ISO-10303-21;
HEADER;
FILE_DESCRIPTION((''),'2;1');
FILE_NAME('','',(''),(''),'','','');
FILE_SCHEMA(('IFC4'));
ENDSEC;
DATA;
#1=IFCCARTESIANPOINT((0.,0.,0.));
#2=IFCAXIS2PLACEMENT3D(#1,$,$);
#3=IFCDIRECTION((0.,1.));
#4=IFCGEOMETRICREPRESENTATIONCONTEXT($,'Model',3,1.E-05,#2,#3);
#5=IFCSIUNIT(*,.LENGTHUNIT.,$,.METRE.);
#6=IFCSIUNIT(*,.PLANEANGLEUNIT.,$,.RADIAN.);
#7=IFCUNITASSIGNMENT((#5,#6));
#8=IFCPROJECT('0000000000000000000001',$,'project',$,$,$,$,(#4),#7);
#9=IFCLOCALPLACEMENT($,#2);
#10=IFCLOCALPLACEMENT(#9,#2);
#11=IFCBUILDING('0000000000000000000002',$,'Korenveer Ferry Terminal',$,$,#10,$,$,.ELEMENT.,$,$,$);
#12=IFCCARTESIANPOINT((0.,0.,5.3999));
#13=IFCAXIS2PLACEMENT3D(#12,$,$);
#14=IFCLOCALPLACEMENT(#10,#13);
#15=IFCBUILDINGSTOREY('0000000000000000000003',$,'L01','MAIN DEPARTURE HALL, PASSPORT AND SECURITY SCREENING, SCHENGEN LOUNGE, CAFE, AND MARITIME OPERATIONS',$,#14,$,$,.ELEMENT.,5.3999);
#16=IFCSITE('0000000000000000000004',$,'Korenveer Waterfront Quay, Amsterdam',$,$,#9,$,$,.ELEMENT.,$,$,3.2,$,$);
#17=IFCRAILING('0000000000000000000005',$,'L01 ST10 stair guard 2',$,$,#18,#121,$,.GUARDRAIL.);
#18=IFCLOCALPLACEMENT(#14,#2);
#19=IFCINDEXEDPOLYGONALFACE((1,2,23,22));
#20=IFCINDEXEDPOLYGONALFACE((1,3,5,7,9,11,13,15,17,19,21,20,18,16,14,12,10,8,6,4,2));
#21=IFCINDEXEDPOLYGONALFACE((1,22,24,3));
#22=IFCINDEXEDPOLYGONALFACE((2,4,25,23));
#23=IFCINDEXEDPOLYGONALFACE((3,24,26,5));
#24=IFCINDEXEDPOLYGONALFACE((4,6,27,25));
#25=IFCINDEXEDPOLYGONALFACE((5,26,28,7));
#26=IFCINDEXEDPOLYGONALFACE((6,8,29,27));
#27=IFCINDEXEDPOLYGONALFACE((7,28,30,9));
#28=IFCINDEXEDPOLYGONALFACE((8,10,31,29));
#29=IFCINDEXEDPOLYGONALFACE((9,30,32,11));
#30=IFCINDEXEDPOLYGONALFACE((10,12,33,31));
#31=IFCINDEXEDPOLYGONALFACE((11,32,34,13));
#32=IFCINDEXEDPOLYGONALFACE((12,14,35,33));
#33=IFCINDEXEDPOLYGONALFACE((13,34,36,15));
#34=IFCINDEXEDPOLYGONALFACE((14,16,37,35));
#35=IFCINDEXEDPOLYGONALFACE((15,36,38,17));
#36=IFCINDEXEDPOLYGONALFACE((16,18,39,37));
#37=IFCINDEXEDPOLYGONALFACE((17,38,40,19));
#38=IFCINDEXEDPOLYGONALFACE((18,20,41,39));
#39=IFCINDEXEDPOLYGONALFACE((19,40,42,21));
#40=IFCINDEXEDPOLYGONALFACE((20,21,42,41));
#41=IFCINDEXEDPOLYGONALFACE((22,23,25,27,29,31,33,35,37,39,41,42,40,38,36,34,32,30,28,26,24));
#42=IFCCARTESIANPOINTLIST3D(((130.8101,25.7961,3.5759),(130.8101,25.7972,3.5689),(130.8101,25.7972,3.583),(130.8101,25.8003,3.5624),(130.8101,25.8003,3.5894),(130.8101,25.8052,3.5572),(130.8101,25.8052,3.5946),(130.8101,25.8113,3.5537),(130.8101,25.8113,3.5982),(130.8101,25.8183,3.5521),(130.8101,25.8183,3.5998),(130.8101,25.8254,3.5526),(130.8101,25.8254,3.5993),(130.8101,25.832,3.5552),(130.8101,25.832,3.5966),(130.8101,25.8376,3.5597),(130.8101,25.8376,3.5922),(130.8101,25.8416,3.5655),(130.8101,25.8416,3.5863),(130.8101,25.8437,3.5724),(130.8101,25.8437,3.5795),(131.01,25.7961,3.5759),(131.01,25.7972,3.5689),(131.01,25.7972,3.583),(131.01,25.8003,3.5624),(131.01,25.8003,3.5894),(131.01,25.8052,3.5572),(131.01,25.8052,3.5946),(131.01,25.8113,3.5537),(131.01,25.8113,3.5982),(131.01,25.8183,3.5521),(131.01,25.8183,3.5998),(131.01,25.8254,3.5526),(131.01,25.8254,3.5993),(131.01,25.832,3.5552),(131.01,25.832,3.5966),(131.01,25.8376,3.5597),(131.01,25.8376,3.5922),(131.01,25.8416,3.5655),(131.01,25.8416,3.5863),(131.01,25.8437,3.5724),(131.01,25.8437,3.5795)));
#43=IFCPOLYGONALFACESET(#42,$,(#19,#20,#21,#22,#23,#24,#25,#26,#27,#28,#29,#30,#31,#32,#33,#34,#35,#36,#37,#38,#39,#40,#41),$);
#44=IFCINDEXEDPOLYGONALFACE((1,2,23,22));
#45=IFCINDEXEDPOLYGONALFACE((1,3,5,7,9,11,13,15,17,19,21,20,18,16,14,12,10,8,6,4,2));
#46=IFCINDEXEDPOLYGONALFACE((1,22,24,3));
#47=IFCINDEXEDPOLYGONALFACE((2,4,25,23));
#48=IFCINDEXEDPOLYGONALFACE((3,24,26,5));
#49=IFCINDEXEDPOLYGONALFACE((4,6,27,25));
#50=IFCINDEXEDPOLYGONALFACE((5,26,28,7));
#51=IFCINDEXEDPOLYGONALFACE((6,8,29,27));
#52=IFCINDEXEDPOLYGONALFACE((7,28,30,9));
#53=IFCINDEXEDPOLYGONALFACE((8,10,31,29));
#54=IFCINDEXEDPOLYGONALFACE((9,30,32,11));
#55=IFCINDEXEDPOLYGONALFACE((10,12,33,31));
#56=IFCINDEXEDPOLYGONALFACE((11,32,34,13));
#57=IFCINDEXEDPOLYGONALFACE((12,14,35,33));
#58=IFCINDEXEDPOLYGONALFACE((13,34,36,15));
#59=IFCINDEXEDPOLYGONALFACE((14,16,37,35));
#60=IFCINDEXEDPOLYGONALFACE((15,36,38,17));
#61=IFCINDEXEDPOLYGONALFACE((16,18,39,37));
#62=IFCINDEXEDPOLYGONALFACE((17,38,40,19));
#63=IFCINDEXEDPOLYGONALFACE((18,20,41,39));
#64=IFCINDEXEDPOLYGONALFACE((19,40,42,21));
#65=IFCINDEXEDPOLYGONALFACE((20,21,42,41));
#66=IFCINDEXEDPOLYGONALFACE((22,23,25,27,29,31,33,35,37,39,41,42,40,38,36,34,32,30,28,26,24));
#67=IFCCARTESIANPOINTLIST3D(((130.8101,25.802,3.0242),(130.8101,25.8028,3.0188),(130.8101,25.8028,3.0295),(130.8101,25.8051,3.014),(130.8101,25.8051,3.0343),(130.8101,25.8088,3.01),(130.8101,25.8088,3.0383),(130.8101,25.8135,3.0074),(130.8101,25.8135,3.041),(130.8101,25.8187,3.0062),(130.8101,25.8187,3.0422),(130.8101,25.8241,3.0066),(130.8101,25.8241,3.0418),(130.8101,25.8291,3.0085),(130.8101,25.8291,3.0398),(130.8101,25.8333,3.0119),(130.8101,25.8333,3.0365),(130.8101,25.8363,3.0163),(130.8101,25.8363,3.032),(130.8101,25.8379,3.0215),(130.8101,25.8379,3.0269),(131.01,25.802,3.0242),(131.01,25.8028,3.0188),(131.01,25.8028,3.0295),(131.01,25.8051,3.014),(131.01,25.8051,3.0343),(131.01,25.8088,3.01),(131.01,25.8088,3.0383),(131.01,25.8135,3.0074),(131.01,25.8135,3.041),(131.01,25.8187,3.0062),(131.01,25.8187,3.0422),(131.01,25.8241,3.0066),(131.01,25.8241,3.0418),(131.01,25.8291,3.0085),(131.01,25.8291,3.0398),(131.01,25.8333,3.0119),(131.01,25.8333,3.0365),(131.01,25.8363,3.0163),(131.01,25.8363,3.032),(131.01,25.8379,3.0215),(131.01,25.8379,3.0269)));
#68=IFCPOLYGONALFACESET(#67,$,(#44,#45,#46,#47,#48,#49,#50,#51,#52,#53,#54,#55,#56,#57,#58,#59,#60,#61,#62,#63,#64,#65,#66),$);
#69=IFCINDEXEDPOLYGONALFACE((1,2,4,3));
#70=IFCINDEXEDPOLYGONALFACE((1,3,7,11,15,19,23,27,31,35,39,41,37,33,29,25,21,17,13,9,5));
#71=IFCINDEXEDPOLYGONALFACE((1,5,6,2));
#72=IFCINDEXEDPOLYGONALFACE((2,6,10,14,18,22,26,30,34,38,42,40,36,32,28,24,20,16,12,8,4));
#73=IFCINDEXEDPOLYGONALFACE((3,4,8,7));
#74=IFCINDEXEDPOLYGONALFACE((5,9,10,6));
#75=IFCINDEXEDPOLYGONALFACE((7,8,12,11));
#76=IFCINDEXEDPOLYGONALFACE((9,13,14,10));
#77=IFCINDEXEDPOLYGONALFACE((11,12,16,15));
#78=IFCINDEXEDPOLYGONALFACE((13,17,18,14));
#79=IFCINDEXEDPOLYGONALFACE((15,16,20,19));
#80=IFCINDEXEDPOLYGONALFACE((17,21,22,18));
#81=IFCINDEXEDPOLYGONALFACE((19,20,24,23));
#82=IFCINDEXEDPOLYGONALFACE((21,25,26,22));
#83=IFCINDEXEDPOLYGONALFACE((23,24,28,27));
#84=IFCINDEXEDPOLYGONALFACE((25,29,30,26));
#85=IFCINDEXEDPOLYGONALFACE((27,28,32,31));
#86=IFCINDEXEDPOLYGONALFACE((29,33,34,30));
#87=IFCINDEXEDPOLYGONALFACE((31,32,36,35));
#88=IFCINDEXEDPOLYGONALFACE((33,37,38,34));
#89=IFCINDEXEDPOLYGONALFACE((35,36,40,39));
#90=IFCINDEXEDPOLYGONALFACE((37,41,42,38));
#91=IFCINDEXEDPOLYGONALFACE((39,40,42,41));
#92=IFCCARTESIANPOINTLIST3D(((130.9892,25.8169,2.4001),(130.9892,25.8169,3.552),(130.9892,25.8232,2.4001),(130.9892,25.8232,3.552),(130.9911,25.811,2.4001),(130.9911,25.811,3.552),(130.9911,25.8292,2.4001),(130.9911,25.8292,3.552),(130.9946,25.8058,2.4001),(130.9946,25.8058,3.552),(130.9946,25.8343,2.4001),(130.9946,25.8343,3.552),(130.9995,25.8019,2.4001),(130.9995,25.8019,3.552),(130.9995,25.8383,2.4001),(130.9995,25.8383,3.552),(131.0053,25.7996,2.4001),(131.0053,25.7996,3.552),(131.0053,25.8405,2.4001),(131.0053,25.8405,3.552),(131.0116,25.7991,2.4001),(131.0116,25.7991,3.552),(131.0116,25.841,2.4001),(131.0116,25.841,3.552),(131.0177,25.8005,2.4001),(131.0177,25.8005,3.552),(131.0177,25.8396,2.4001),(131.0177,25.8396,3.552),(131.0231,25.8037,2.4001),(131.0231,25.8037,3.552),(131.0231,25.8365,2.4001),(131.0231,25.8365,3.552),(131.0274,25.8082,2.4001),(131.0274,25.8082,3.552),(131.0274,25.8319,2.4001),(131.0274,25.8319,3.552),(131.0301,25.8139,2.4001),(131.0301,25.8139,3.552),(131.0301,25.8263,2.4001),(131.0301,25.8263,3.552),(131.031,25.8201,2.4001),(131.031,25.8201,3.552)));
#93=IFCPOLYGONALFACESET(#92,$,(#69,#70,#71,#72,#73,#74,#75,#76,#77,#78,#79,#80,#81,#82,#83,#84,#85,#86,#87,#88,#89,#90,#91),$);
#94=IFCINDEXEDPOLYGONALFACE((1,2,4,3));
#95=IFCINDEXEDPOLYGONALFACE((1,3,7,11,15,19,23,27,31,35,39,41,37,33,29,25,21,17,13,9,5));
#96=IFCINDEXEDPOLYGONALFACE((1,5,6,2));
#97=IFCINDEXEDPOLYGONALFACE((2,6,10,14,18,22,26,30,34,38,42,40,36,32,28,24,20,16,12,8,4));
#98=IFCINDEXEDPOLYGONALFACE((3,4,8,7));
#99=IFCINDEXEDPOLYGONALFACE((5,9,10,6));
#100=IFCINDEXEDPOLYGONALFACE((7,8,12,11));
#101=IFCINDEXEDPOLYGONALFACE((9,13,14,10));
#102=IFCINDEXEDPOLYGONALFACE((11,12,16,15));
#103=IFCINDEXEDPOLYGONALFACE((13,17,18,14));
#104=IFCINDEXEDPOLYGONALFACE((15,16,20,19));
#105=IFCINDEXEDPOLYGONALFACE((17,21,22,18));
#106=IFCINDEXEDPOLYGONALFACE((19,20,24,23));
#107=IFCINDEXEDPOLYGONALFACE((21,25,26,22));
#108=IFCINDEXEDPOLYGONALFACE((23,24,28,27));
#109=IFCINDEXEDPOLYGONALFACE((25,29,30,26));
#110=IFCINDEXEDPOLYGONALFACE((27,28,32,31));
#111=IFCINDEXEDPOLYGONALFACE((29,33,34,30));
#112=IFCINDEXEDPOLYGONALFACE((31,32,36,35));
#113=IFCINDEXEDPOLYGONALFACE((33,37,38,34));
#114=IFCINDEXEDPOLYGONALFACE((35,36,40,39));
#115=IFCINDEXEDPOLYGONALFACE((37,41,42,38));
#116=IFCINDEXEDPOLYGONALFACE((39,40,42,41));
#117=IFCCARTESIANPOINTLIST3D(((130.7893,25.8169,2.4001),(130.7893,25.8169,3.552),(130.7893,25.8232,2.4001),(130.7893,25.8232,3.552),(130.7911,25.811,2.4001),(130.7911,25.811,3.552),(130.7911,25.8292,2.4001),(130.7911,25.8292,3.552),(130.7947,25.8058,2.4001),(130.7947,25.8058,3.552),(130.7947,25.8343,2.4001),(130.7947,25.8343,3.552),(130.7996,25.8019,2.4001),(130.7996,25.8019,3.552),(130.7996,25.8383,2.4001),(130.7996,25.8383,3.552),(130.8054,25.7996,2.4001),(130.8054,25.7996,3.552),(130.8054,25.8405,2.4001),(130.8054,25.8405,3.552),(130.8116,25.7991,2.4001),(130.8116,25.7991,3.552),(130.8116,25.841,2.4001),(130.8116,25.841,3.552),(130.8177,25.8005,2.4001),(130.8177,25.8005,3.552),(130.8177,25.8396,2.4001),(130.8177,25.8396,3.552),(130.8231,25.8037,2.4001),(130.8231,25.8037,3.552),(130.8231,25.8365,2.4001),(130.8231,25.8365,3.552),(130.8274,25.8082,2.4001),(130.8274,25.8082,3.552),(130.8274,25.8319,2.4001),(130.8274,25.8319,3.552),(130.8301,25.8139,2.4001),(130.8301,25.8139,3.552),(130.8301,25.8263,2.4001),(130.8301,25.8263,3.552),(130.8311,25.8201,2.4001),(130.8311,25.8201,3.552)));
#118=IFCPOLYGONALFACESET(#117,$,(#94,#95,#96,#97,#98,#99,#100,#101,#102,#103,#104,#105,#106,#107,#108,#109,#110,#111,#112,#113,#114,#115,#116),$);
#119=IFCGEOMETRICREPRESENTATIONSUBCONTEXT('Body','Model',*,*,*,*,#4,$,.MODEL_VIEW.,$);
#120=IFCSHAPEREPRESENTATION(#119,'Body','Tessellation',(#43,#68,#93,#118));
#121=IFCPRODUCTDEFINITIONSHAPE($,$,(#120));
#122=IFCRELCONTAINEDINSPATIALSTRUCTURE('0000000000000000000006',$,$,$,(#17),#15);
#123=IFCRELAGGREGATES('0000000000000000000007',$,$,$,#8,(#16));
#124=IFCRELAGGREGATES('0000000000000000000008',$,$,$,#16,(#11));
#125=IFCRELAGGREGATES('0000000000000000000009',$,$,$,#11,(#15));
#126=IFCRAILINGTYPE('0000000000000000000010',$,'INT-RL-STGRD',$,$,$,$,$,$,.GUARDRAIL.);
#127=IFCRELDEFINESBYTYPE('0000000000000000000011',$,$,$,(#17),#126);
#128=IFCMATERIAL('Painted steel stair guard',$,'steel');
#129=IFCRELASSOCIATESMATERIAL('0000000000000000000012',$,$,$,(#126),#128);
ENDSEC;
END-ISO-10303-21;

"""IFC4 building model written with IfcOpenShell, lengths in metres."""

from ifc_helpers import new_model, si_unit, direction, frame, origin, origin_2d, place, context, subcontext, project, spatial, circle, extrude, material, type_object, element, save


model = new_model("IFC4")

# Units and contexts
model_context = context("Model", 3, precision=1e-05, world=origin(), true_north=direction((0.0, 1.0)))
body_context = subcontext(model_context, "Body", "Model", "MODEL_VIEW")
ifc_project = project(units=[si_unit("LENGTHUNIT", "METRE"), si_unit("PLANEANGLEUNIT", "RADIAN")], contexts=[model_context])

# Site, building, storey
site_placement = place(None, origin())
site = spatial("IfcSite", under=ifc_project, at=site_placement, Name="Korenveer Waterfront Quay, Amsterdam", CompositionType="ELEMENT", RefElevation=3.2)
building_placement = place(site_placement, origin())
building = spatial("IfcBuilding", under=site, at=building_placement, Name="Korenveer Ferry Terminal", CompositionType="ELEMENT")
storey_placement = place(building_placement, frame((0.0, 0.0, 5.3999)))
storey = spatial("IfcBuildingStorey", under=building, at=storey_placement, Name="L01", Description="MAIN DEPARTURE HALL, PASSPORT AND SECURITY SCREENING, SCHENGEN LOUNGE, CAFE, AND MARITIME OPERATIONS", CompositionType="ELEMENT", Elevation=5.3999)

# Railing
ifc_material_1 = material(Name="Painted steel stair guard", Category="steel")
railing_type_1 = type_object("IfcRailingType", Name="INT-RL-STGRD", PredefinedType="GUARDRAIL", material=ifc_material_1)
railing_1_placement = place(storey_placement, frame((131.01, 25.8201, 2.4001)))
element("IfcRailing", 1, at=railing_1_placement, inside=storey, type_object=railing_type_1, Name="L01 ST10 stair guard 2", PredefinedType="GUARDRAIL", context=body_context, shape_type="SweptSolid", body=[
    extrude(circle(Radius=0.0239, at=origin_2d()), frame((0.0, 0.0, 1.1758), z_axis=(-1.0, 0.0, 0.0), x_axis=(0.0, -1.0, 0.0)), (0.0, 0.0, 1.0), 0.2),
    extrude(circle(Radius=0.0181, at=origin_2d()), frame((0.0, 0.0, 0.624), z_axis=(-1.0, 0.0, 0.0), x_axis=(0.0, -1.0, 0.0)), (0.0, 0.0, 1.0), 0.2),
    extrude(circle(Radius=0.021, at=origin_2d()), origin(), (0.0, 0.0, 1.0), 1.1519),
    extrude(circle(Radius=0.021, at=origin_2d()), frame((-0.2, 0.0, 0.0)), (0.0, 0.0, 1.0), 1.1519),
])

save(model, "model.ifc")
